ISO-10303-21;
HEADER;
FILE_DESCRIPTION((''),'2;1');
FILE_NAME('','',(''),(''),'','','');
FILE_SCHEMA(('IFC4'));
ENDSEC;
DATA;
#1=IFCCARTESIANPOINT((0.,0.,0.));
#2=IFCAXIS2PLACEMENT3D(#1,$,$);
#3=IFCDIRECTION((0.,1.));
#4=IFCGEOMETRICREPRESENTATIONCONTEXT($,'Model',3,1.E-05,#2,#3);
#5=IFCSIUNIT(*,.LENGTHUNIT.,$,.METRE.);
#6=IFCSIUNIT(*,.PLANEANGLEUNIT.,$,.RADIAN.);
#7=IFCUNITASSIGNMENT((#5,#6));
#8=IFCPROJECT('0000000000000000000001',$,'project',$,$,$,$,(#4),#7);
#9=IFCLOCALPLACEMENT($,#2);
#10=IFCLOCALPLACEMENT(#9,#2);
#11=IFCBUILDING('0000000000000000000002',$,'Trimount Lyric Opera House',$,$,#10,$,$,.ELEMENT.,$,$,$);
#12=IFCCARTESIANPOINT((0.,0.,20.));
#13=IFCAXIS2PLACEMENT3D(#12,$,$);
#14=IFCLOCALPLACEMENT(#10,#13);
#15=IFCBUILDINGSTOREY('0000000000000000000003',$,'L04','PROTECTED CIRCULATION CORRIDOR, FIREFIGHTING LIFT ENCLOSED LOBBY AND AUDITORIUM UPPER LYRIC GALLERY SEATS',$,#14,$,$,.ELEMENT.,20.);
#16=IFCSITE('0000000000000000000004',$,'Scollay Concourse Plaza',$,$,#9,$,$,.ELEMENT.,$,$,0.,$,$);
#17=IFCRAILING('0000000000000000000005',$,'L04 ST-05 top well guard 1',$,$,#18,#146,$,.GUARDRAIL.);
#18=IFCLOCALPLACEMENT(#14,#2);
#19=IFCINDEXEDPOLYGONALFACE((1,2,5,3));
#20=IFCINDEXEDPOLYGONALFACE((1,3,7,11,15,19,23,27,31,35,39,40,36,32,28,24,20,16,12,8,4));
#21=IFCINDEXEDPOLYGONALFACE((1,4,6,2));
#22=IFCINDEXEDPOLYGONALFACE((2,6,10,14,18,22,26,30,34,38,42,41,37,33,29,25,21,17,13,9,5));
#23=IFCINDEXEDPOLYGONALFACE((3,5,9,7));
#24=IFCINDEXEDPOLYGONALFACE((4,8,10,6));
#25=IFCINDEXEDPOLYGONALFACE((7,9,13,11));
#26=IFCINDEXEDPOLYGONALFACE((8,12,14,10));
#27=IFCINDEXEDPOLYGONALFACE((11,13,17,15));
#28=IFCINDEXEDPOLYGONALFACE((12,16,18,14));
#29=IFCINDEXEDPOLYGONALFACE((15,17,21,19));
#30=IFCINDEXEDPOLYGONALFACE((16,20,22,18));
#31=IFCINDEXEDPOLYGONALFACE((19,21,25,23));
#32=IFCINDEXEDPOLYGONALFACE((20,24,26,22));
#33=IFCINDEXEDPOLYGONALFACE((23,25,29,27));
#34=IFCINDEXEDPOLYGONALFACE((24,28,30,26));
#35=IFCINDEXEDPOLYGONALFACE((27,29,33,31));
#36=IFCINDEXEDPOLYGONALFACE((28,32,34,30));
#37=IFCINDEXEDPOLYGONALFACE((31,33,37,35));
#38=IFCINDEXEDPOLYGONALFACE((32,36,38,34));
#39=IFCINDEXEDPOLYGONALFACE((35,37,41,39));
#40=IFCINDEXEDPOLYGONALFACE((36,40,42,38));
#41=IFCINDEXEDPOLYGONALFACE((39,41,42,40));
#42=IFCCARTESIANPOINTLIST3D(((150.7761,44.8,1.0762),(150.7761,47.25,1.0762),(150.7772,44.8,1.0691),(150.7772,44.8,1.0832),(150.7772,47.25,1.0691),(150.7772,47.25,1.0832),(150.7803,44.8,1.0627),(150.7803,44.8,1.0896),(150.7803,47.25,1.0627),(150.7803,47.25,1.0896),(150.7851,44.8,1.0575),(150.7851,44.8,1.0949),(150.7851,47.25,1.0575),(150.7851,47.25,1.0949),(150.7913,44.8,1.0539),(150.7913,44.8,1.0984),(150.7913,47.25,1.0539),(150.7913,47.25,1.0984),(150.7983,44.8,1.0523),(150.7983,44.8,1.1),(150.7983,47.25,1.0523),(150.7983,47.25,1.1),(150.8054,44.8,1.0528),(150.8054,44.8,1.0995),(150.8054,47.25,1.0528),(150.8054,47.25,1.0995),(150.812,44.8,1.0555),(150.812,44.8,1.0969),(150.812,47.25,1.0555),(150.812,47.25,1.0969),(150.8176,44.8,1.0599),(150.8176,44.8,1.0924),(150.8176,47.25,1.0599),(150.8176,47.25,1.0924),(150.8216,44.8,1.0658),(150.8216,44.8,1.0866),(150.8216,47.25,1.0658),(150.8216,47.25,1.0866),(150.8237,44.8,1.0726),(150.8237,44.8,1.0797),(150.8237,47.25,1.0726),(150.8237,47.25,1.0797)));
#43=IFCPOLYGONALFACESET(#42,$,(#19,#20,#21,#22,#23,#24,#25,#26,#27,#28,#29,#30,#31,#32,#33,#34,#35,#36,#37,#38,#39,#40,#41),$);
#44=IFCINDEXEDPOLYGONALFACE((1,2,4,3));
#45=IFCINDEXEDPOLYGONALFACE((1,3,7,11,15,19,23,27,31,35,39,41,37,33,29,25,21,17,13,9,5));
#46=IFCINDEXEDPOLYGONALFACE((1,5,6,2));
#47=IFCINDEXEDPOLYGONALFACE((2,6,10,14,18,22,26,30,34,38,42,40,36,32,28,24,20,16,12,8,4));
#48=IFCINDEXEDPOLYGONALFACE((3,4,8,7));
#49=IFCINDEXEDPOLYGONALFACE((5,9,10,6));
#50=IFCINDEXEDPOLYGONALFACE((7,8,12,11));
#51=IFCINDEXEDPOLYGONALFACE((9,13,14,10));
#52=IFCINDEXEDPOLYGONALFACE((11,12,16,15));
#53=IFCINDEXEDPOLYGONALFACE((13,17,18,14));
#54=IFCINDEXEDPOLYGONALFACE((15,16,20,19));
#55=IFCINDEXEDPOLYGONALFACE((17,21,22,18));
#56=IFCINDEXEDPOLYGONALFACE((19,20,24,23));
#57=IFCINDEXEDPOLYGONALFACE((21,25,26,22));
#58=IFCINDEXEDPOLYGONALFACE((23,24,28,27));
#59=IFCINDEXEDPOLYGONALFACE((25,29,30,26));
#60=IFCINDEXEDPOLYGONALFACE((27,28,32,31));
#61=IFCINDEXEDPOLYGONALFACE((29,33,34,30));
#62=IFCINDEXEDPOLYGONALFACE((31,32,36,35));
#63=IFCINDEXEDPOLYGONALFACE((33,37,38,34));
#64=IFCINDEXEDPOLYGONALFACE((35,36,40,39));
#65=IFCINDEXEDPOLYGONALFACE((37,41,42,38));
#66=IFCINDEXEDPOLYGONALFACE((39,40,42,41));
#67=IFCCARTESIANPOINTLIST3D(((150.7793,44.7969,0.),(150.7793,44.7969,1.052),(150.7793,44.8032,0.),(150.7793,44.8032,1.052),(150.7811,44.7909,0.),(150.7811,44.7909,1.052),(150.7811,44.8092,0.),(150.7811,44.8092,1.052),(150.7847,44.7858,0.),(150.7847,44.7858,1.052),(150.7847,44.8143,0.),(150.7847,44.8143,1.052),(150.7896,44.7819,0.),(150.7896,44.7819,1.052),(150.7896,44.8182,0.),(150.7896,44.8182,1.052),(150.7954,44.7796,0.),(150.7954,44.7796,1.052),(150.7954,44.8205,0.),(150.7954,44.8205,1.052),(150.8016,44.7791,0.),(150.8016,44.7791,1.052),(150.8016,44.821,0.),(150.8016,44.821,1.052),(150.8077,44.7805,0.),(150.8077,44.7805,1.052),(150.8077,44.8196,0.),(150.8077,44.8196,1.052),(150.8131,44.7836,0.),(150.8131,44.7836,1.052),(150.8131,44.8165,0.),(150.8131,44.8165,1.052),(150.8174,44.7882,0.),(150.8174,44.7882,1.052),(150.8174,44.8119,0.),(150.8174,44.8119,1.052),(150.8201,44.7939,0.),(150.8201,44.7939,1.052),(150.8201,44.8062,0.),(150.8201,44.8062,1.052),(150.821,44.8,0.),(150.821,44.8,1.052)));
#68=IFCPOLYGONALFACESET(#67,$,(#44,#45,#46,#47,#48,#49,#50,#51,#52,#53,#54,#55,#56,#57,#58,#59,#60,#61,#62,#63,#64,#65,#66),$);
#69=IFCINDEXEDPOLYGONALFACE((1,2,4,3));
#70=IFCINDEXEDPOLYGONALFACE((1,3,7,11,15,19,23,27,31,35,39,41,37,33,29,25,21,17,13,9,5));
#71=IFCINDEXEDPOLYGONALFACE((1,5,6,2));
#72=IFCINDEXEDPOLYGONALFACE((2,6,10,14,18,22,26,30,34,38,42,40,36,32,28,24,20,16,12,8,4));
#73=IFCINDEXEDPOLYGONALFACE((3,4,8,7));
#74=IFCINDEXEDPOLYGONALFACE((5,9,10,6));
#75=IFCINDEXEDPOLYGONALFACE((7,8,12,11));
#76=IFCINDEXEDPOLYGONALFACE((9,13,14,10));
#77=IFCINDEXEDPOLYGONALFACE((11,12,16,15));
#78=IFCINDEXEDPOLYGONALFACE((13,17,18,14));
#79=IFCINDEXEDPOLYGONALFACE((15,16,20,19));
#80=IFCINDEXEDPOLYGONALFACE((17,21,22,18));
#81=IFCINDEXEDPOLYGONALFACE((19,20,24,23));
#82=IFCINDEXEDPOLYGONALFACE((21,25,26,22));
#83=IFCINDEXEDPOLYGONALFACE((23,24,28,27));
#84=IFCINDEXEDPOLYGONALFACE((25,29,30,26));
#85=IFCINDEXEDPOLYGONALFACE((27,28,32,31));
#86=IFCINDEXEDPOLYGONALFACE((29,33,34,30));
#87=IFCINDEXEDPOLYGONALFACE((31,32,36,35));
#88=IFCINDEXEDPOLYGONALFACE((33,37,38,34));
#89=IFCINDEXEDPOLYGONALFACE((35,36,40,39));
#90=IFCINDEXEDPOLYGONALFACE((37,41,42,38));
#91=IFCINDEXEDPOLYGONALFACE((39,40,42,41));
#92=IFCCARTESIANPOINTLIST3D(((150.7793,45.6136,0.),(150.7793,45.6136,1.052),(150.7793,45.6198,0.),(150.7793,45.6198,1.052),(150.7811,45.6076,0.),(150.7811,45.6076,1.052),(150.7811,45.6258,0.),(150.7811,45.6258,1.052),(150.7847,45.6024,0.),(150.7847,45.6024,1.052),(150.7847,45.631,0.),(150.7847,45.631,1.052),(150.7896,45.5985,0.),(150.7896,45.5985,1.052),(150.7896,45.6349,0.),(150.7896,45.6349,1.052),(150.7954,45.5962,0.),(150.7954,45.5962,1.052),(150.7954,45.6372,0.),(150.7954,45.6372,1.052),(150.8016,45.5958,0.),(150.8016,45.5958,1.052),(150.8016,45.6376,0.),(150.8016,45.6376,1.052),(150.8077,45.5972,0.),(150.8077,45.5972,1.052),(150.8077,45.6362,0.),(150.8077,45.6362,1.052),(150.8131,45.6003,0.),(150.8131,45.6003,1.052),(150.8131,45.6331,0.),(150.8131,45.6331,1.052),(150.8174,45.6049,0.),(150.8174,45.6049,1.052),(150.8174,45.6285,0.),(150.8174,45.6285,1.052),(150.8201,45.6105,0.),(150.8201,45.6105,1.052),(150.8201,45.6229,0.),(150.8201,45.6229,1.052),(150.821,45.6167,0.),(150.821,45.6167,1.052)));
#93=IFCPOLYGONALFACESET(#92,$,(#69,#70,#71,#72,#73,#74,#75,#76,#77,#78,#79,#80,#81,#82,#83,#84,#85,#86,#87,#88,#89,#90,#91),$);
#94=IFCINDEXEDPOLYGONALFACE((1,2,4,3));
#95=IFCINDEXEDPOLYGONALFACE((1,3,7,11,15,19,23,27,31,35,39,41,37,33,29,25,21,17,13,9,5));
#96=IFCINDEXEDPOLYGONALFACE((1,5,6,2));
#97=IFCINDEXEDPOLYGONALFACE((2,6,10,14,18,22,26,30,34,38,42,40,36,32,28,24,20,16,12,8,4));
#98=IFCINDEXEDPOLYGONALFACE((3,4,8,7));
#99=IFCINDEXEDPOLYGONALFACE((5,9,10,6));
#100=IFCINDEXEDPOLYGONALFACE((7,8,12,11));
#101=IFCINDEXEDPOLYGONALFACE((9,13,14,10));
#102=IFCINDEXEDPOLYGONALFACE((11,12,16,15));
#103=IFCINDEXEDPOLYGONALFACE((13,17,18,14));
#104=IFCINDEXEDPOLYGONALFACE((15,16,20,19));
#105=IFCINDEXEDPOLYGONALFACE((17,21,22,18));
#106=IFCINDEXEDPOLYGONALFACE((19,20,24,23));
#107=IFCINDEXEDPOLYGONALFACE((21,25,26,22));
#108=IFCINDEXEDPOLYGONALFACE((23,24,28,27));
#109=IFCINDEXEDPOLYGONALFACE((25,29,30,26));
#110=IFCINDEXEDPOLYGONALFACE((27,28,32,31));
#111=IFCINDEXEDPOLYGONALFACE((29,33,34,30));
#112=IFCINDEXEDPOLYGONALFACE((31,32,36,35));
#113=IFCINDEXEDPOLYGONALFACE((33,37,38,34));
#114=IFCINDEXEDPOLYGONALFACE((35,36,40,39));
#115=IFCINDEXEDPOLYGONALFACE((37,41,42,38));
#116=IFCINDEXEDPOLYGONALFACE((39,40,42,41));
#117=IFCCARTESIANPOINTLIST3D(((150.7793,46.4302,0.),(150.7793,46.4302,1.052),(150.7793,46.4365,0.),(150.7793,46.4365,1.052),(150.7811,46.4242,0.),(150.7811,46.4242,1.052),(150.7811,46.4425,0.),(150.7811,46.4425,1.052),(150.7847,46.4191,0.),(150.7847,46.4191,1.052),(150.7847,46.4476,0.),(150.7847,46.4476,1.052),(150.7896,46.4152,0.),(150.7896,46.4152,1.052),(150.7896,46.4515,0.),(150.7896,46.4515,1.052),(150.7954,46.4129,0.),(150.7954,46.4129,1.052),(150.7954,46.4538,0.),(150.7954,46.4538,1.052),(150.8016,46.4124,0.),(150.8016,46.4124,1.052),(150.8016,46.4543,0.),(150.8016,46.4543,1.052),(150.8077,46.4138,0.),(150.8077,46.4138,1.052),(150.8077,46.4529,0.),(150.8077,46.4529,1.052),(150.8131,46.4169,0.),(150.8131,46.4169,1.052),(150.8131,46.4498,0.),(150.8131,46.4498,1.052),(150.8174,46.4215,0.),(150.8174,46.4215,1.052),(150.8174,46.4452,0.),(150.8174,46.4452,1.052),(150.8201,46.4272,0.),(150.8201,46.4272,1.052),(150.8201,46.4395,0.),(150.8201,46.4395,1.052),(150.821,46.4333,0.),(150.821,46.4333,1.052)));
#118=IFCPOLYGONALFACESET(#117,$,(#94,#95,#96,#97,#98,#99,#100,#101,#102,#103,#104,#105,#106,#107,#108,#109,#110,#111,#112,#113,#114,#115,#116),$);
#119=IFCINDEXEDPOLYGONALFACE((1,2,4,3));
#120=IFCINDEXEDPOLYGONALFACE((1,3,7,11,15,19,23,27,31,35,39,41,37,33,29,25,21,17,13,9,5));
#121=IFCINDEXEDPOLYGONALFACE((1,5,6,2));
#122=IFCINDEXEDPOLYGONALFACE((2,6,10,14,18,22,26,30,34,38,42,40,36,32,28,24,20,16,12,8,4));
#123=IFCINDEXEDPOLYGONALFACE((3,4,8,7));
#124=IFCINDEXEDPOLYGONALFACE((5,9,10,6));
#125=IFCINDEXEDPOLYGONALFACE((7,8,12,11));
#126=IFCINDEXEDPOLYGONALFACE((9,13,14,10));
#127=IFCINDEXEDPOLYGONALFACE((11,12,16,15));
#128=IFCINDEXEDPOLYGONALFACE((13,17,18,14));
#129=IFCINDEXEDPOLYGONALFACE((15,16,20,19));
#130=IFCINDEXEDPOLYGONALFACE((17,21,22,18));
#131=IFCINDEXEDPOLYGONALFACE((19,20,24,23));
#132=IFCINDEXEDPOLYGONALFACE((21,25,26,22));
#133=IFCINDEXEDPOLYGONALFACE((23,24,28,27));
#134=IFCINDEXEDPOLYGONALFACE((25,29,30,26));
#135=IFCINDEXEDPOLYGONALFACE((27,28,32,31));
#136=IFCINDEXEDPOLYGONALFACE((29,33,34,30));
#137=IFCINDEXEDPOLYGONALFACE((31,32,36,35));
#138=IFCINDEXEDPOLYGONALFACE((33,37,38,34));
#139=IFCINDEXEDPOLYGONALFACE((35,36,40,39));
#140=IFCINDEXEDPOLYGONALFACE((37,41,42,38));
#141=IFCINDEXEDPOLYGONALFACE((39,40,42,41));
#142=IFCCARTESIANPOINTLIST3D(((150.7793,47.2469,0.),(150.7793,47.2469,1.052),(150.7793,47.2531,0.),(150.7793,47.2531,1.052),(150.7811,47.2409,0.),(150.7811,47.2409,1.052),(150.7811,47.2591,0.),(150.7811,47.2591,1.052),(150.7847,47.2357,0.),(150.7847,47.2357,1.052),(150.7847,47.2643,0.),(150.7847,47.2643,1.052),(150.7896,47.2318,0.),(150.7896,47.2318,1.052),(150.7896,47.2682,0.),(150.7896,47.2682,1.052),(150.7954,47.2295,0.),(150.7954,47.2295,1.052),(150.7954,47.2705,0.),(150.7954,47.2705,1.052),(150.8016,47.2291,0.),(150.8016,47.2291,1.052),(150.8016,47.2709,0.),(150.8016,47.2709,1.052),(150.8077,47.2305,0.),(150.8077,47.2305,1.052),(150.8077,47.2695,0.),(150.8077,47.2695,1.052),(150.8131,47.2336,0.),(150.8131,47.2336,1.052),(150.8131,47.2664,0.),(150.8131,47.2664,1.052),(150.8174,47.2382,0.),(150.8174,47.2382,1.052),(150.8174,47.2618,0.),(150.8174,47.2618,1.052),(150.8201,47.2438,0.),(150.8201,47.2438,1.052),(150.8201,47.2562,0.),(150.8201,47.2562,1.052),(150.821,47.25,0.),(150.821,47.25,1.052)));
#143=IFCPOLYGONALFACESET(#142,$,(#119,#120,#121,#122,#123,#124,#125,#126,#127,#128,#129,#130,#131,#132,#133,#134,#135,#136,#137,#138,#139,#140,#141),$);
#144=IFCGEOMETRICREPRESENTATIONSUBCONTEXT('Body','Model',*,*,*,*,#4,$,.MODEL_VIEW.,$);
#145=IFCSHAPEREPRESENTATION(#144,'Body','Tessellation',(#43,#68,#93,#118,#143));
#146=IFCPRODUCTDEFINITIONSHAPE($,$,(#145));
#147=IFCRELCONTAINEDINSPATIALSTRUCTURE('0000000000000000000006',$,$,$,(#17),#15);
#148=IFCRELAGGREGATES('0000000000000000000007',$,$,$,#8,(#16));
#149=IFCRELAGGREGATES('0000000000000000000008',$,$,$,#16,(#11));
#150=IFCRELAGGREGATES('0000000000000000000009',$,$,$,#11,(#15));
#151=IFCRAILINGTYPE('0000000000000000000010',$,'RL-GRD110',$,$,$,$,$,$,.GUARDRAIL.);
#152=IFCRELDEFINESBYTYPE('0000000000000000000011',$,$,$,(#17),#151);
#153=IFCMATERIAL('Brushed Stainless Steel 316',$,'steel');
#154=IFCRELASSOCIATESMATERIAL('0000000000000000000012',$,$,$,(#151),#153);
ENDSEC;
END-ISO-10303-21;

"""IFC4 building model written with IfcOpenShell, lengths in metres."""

from ifc_helpers import new_model, si_unit, direction, frame, origin, origin_2d, place, context, subcontext, project, spatial, circle, extrude, material, type_object, element, save


model = new_model("IFC4")

# Units and contexts
model_context = context("Model", 3, precision=1e-05, world=origin(), true_north=direction((0.0, 1.0)))
body_context = subcontext(model_context, "Body", "Model", "MODEL_VIEW")
ifc_project = project(units=[si_unit("LENGTHUNIT", "METRE"), si_unit("PLANEANGLEUNIT", "RADIAN")], contexts=[model_context])

# Site, building, storey
site_placement = place(None, origin())
site = spatial("IfcSite", under=ifc_project, at=site_placement, Name="Scollay Concourse Plaza", CompositionType="ELEMENT", RefElevation=0.0)
building_placement = place(site_placement, origin())
building = spatial("IfcBuilding", under=site, at=building_placement, Name="Trimount Lyric Opera House", CompositionType="ELEMENT")
storey_placement = place(building_placement, frame((0.0, 0.0, 20.0)))
storey = spatial("IfcBuildingStorey", under=building, at=storey_placement, Name="L04", Description="PROTECTED CIRCULATION CORRIDOR, FIREFIGHTING LIFT ENCLOSED LOBBY AND AUDITORIUM UPPER LYRIC GALLERY SEATS", CompositionType="ELEMENT", Elevation=20.0)

# Railing
ifc_material_1 = material(Name="Brushed Stainless Steel 316", Category="steel")
railing_type = type_object("IfcRailingType", Name="RL-GRD110", PredefinedType="GUARDRAIL", material=ifc_material_1)
railing_placement = place(storey_placement, frame((150.8, 44.8, 0.0)))
element("IfcRailing", 1, at=railing_placement, inside=storey, type_object=railing_type, Name="L04 ST-05 top well guard 1", PredefinedType="GUARDRAIL", context=body_context, shape_type="SweptSolid", body=[
    extrude(circle(Radius=0.0239, at=origin_2d()), frame((0.0, 0.0, 1.0762), z_axis=(0.0, 1.0, 0.0), x_axis=(-1.0, 0.0, 0.0)), (0.0, 0.0, 1.0), 2.45),
    extrude(circle(Radius=0.021, at=origin_2d()), origin(), (0.0, 0.0, 1.0), 1.052),
    extrude(circle(Radius=0.021, at=origin_2d()), frame((0.0, 0.8167, 0.0)), (0.0, 0.0, 1.0), 1.052),
    extrude(circle(Radius=0.021, at=origin_2d()), frame((0.0, 1.6333, 0.0)), (0.0, 0.0, 1.0), 1.052),
    extrude(circle(Radius=0.021, at=origin_2d()), frame((0.0, 2.45, 0.0)), (0.0, 0.0, 1.0), 1.052),
])

save(model, "model.ifc")
